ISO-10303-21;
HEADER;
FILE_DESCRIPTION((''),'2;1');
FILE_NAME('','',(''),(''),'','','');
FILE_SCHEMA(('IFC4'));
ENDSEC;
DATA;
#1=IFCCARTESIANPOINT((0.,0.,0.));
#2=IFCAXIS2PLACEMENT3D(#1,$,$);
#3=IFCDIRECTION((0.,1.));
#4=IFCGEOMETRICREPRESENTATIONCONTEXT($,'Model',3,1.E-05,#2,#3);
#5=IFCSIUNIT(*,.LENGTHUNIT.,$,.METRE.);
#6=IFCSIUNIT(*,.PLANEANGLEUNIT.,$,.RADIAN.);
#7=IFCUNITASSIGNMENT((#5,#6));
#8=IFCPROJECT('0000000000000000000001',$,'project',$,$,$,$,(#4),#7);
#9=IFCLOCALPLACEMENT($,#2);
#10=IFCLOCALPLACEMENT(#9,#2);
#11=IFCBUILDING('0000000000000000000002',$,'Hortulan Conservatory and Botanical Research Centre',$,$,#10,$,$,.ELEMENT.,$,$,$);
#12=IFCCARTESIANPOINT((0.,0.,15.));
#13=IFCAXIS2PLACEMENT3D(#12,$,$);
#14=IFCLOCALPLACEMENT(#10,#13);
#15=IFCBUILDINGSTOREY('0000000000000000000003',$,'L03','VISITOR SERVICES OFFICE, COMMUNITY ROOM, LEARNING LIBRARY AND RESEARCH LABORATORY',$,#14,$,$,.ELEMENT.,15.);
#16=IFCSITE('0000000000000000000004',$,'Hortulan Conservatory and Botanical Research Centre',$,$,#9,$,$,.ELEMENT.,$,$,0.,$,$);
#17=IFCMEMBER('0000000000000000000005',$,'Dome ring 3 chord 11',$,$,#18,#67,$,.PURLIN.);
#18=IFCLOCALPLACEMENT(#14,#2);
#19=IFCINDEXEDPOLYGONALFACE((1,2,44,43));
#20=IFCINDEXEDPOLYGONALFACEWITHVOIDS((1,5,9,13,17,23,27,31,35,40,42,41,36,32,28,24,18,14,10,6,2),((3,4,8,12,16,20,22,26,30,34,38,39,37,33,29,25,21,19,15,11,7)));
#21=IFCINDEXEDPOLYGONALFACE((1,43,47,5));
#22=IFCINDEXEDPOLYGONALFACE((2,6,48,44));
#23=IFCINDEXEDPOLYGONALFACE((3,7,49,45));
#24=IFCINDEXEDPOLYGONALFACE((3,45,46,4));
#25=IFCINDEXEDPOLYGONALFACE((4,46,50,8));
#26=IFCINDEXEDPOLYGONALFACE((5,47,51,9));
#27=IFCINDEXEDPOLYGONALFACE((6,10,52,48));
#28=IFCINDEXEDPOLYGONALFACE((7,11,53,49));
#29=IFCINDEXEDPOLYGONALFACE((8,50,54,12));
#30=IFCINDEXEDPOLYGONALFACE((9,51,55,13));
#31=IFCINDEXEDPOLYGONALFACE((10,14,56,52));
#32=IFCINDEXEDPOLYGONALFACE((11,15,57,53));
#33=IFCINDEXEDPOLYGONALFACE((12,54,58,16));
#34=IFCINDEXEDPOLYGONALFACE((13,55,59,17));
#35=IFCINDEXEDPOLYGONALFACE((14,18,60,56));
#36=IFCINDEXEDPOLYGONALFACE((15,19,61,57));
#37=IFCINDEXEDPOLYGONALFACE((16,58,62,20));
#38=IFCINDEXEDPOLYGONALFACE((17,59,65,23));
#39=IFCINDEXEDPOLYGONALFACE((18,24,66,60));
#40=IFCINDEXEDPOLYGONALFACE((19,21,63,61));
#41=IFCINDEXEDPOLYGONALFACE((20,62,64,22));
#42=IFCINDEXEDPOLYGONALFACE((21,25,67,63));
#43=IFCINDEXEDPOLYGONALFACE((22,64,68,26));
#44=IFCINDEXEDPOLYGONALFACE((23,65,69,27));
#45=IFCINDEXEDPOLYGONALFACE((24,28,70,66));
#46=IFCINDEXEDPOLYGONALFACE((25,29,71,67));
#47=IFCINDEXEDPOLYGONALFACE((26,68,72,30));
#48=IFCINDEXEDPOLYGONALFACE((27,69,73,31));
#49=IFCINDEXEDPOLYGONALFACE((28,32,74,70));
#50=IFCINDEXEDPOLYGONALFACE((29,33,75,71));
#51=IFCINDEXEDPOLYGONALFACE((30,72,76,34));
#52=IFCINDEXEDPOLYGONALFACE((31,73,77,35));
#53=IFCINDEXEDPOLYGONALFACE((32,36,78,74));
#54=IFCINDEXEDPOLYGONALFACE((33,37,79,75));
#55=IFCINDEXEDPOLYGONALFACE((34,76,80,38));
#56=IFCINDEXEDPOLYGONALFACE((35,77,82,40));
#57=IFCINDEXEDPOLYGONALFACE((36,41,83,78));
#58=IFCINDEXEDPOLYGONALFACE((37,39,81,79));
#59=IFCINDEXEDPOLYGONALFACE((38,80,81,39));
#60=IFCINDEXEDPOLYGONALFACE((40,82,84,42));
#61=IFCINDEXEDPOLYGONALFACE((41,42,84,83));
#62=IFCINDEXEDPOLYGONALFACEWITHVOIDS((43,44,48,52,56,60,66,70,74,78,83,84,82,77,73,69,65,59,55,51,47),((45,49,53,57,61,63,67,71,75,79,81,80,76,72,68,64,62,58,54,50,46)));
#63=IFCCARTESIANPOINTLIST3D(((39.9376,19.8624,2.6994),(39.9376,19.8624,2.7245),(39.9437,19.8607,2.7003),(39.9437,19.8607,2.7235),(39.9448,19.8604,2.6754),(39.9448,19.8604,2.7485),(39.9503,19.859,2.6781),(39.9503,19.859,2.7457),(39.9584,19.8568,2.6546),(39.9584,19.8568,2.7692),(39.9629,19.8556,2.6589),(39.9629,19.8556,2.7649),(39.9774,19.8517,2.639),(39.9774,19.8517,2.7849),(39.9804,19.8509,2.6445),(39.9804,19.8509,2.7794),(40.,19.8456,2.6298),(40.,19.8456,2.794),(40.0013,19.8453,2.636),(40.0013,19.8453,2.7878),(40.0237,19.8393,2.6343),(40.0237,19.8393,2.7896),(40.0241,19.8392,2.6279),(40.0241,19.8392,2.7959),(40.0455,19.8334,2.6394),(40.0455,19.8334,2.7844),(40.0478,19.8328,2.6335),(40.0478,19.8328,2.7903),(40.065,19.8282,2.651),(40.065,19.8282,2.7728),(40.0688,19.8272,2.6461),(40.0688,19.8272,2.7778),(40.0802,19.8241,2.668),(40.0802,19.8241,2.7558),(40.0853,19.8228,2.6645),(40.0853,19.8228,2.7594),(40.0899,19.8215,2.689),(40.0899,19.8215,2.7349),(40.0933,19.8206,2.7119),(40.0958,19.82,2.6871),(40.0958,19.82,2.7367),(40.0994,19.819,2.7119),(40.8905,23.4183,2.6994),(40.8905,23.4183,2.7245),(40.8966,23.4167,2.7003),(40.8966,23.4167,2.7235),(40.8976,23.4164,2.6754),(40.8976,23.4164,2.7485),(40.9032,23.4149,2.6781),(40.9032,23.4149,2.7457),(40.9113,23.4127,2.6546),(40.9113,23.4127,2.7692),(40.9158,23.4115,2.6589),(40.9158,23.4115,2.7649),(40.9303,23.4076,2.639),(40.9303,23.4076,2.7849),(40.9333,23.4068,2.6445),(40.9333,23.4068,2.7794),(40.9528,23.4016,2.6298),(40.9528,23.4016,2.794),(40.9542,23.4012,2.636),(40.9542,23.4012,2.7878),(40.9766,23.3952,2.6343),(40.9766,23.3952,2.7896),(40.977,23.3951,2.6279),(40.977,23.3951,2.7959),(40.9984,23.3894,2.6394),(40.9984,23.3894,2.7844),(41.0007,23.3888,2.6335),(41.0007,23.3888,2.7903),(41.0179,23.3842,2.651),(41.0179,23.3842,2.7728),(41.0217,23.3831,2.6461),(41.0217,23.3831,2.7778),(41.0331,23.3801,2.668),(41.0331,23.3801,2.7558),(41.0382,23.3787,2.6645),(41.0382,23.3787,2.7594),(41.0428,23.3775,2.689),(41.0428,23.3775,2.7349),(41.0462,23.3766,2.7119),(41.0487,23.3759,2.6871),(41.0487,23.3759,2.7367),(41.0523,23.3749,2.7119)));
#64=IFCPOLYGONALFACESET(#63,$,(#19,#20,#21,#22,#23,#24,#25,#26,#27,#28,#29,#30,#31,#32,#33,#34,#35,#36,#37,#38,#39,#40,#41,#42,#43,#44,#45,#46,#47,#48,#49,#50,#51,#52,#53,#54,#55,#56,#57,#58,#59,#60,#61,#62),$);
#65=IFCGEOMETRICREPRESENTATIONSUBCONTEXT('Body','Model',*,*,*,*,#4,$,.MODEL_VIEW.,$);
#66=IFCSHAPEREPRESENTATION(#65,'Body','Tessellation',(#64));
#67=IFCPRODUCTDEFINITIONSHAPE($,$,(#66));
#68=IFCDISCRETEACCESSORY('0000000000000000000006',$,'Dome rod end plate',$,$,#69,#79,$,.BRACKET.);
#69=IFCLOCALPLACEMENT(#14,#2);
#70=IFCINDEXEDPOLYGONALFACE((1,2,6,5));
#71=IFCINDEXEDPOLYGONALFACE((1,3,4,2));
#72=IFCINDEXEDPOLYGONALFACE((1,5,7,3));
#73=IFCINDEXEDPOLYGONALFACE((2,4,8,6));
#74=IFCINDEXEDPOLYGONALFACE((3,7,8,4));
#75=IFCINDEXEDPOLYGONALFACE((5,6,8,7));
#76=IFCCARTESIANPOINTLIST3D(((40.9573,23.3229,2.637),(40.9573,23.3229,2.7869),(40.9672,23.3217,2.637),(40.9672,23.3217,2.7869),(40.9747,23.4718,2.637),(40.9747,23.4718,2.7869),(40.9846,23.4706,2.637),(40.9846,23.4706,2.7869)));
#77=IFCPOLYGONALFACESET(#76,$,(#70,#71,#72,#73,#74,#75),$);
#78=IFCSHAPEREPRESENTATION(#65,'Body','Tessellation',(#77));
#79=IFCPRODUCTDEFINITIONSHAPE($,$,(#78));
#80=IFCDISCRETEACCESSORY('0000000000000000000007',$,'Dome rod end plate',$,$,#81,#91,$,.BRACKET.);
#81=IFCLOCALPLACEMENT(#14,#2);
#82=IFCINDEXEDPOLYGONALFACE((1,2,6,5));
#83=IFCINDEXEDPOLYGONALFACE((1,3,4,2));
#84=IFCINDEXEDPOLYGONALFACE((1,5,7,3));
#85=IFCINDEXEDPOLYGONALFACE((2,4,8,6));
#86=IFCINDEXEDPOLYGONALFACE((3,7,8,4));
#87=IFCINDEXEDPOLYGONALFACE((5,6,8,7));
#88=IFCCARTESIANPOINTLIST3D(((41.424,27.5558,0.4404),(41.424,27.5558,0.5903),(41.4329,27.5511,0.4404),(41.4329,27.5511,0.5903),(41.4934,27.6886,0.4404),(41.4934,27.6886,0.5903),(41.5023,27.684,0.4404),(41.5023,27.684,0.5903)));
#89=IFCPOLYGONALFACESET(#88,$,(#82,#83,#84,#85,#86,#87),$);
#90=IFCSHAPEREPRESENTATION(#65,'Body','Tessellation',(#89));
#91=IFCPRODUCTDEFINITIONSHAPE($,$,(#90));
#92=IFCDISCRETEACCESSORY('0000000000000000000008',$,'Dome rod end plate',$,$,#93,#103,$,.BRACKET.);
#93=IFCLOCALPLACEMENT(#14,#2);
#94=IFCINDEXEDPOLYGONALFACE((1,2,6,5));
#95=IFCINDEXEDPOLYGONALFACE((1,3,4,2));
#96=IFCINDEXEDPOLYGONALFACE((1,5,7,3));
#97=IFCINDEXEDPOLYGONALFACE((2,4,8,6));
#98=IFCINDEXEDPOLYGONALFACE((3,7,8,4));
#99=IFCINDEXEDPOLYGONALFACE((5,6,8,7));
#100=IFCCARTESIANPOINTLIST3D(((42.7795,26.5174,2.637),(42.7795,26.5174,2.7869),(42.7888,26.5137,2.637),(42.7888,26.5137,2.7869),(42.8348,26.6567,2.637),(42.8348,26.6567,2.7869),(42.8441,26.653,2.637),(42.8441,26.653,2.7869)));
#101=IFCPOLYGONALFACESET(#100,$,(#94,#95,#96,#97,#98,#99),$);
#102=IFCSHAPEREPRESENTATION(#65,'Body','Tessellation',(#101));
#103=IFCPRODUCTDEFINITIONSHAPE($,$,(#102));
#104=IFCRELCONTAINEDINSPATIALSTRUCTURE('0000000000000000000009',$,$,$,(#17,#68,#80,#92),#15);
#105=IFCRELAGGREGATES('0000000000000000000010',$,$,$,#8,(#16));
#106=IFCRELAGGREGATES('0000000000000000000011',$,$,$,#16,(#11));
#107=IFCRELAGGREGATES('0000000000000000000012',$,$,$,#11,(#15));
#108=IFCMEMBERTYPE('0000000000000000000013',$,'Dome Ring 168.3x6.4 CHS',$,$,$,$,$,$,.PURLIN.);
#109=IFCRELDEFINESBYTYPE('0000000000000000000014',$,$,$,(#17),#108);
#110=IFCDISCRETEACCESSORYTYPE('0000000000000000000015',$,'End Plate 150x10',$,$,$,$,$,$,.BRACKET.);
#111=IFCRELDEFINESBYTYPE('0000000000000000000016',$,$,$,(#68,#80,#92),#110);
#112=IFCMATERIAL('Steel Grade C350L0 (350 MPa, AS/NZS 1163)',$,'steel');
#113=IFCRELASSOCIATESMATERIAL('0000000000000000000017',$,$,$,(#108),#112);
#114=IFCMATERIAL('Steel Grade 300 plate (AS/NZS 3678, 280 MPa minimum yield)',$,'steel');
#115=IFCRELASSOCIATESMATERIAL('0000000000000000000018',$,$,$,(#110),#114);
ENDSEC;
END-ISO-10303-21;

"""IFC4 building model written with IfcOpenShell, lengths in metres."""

from ifc_helpers import new_model, si_unit, direction, frame, origin, origin_2d, place, context, subcontext, project, spatial, rectangle, hollow_circle, extrude, material, material_profile, profile_set, type_object, element, save


model = new_model("IFC4")

# Units and contexts
model_context = context("Model", 3, precision=1e-05, world=origin(), true_north=direction((0.0, 1.0)))
body_context = subcontext(model_context, "Body", "Model", "MODEL_VIEW")
ifc_project = project(units=[si_unit("LENGTHUNIT", "METRE"), si_unit("PLANEANGLEUNIT", "RADIAN")], contexts=[model_context])

# Site, building, storey
site_placement = place(None, origin())
site = spatial("IfcSite", under=ifc_project, at=site_placement, Name="Hortulan Conservatory and Botanical Research Centre", CompositionType="ELEMENT", RefElevation=0.0)
building_placement = place(site_placement, origin())
building = spatial("IfcBuilding", under=site, at=building_placement, Name="Hortulan Conservatory and Botanical Research Centre", CompositionType="ELEMENT")
storey_placement = place(building_placement, frame((0.0, 0.0, 15.0)))
storey = spatial("IfcBuildingStorey", under=building, at=storey_placement, Name="L03", Description="VISITOR SERVICES OFFICE, COMMUNITY ROOM, LEARNING LIBRARY AND RESEARCH LABORATORY", CompositionType="ELEMENT", Elevation=15.0)

# Shared definitions
ifc_material_1 = material(Name="Steel Grade C350L0 (350 MPa, AS/NZS 1163)", Category="steel")

# Member
ifc_material_profile_1 = material_profile(ifc_material_1, hollow_circle(Radius=0.0842, WallThickness=0.0063, at=origin_2d()), Name="168.3x6.4CHS")
ifc_profile_set_1 = profile_set([ifc_material_profile_1], Name="Steel Grade C350L0 (350 MPa, AS/NZS 1163)")
member_type_1 = type_object("IfcMemberType", Name="Dome Ring 168.3x6.4 CHS", PredefinedType="PURLIN", material=ifc_profile_set_1)
member_1_placement = place(storey_placement, frame((40.9709, 23.3967, 2.7119), z_axis=(-0.258839, -0.965921, 0.0), x_axis=(0.965921, -0.258839, 0.0)))
element("IfcMember", 1, at=member_1_placement, inside=storey, type_object=member_type_1, Name="Dome ring 3 chord 11", PredefinedType="PURLIN", context=body_context, shape_type="SweptSolid", body=[
    extrude(hollow_circle(Radius=0.0842, WallThickness=0.0063, at=origin_2d()), origin(), (0.0, 0.0, 1.0), 3.6814),
])

# Discrete accessories
ifc_material_2 = material(Name="Steel Grade 300 plate (AS/NZS 3678, 280 MPa minimum yield)", Category="steel")
discrete_accessory_type = type_object("IfcDiscreteAccessoryType", Name="End Plate 150x10", PredefinedType="BRACKET", material=ifc_material_2)
for number, where, z_axis, x_axis, name in (
    (2, (40.9709, 23.3967, 2.637), (0.0, 0.0, 1.0), (0.115735, 0.99328, 0.0), "Dome rod end plate"),
    (3, (41.4631, 27.6199, 0.4404), (0.0, 0.0, 1.0), (0.463203, 0.886252, 0.0), "Dome rod end plate"),
    (4, (42.8118, 26.5852, 2.637), (0.0, 0.0, 1.0), (0.368887, 0.929474, 0.0), "Dome rod end plate"),
):
    element("IfcDiscreteAccessory", number, at=place(storey_placement, frame(where, z_axis=z_axis, x_axis=x_axis)), inside=storey, type_object=discrete_accessory_type, Name=name, PredefinedType="BRACKET", context=body_context, shape_type="SweptSolid", body=[
        extrude(rectangle(XDim=0.1499, YDim=0.01, at=origin_2d()), origin(), (0.0, 0.0, 1.0), 0.1499),
    ])

save(model, "model.ifc")
